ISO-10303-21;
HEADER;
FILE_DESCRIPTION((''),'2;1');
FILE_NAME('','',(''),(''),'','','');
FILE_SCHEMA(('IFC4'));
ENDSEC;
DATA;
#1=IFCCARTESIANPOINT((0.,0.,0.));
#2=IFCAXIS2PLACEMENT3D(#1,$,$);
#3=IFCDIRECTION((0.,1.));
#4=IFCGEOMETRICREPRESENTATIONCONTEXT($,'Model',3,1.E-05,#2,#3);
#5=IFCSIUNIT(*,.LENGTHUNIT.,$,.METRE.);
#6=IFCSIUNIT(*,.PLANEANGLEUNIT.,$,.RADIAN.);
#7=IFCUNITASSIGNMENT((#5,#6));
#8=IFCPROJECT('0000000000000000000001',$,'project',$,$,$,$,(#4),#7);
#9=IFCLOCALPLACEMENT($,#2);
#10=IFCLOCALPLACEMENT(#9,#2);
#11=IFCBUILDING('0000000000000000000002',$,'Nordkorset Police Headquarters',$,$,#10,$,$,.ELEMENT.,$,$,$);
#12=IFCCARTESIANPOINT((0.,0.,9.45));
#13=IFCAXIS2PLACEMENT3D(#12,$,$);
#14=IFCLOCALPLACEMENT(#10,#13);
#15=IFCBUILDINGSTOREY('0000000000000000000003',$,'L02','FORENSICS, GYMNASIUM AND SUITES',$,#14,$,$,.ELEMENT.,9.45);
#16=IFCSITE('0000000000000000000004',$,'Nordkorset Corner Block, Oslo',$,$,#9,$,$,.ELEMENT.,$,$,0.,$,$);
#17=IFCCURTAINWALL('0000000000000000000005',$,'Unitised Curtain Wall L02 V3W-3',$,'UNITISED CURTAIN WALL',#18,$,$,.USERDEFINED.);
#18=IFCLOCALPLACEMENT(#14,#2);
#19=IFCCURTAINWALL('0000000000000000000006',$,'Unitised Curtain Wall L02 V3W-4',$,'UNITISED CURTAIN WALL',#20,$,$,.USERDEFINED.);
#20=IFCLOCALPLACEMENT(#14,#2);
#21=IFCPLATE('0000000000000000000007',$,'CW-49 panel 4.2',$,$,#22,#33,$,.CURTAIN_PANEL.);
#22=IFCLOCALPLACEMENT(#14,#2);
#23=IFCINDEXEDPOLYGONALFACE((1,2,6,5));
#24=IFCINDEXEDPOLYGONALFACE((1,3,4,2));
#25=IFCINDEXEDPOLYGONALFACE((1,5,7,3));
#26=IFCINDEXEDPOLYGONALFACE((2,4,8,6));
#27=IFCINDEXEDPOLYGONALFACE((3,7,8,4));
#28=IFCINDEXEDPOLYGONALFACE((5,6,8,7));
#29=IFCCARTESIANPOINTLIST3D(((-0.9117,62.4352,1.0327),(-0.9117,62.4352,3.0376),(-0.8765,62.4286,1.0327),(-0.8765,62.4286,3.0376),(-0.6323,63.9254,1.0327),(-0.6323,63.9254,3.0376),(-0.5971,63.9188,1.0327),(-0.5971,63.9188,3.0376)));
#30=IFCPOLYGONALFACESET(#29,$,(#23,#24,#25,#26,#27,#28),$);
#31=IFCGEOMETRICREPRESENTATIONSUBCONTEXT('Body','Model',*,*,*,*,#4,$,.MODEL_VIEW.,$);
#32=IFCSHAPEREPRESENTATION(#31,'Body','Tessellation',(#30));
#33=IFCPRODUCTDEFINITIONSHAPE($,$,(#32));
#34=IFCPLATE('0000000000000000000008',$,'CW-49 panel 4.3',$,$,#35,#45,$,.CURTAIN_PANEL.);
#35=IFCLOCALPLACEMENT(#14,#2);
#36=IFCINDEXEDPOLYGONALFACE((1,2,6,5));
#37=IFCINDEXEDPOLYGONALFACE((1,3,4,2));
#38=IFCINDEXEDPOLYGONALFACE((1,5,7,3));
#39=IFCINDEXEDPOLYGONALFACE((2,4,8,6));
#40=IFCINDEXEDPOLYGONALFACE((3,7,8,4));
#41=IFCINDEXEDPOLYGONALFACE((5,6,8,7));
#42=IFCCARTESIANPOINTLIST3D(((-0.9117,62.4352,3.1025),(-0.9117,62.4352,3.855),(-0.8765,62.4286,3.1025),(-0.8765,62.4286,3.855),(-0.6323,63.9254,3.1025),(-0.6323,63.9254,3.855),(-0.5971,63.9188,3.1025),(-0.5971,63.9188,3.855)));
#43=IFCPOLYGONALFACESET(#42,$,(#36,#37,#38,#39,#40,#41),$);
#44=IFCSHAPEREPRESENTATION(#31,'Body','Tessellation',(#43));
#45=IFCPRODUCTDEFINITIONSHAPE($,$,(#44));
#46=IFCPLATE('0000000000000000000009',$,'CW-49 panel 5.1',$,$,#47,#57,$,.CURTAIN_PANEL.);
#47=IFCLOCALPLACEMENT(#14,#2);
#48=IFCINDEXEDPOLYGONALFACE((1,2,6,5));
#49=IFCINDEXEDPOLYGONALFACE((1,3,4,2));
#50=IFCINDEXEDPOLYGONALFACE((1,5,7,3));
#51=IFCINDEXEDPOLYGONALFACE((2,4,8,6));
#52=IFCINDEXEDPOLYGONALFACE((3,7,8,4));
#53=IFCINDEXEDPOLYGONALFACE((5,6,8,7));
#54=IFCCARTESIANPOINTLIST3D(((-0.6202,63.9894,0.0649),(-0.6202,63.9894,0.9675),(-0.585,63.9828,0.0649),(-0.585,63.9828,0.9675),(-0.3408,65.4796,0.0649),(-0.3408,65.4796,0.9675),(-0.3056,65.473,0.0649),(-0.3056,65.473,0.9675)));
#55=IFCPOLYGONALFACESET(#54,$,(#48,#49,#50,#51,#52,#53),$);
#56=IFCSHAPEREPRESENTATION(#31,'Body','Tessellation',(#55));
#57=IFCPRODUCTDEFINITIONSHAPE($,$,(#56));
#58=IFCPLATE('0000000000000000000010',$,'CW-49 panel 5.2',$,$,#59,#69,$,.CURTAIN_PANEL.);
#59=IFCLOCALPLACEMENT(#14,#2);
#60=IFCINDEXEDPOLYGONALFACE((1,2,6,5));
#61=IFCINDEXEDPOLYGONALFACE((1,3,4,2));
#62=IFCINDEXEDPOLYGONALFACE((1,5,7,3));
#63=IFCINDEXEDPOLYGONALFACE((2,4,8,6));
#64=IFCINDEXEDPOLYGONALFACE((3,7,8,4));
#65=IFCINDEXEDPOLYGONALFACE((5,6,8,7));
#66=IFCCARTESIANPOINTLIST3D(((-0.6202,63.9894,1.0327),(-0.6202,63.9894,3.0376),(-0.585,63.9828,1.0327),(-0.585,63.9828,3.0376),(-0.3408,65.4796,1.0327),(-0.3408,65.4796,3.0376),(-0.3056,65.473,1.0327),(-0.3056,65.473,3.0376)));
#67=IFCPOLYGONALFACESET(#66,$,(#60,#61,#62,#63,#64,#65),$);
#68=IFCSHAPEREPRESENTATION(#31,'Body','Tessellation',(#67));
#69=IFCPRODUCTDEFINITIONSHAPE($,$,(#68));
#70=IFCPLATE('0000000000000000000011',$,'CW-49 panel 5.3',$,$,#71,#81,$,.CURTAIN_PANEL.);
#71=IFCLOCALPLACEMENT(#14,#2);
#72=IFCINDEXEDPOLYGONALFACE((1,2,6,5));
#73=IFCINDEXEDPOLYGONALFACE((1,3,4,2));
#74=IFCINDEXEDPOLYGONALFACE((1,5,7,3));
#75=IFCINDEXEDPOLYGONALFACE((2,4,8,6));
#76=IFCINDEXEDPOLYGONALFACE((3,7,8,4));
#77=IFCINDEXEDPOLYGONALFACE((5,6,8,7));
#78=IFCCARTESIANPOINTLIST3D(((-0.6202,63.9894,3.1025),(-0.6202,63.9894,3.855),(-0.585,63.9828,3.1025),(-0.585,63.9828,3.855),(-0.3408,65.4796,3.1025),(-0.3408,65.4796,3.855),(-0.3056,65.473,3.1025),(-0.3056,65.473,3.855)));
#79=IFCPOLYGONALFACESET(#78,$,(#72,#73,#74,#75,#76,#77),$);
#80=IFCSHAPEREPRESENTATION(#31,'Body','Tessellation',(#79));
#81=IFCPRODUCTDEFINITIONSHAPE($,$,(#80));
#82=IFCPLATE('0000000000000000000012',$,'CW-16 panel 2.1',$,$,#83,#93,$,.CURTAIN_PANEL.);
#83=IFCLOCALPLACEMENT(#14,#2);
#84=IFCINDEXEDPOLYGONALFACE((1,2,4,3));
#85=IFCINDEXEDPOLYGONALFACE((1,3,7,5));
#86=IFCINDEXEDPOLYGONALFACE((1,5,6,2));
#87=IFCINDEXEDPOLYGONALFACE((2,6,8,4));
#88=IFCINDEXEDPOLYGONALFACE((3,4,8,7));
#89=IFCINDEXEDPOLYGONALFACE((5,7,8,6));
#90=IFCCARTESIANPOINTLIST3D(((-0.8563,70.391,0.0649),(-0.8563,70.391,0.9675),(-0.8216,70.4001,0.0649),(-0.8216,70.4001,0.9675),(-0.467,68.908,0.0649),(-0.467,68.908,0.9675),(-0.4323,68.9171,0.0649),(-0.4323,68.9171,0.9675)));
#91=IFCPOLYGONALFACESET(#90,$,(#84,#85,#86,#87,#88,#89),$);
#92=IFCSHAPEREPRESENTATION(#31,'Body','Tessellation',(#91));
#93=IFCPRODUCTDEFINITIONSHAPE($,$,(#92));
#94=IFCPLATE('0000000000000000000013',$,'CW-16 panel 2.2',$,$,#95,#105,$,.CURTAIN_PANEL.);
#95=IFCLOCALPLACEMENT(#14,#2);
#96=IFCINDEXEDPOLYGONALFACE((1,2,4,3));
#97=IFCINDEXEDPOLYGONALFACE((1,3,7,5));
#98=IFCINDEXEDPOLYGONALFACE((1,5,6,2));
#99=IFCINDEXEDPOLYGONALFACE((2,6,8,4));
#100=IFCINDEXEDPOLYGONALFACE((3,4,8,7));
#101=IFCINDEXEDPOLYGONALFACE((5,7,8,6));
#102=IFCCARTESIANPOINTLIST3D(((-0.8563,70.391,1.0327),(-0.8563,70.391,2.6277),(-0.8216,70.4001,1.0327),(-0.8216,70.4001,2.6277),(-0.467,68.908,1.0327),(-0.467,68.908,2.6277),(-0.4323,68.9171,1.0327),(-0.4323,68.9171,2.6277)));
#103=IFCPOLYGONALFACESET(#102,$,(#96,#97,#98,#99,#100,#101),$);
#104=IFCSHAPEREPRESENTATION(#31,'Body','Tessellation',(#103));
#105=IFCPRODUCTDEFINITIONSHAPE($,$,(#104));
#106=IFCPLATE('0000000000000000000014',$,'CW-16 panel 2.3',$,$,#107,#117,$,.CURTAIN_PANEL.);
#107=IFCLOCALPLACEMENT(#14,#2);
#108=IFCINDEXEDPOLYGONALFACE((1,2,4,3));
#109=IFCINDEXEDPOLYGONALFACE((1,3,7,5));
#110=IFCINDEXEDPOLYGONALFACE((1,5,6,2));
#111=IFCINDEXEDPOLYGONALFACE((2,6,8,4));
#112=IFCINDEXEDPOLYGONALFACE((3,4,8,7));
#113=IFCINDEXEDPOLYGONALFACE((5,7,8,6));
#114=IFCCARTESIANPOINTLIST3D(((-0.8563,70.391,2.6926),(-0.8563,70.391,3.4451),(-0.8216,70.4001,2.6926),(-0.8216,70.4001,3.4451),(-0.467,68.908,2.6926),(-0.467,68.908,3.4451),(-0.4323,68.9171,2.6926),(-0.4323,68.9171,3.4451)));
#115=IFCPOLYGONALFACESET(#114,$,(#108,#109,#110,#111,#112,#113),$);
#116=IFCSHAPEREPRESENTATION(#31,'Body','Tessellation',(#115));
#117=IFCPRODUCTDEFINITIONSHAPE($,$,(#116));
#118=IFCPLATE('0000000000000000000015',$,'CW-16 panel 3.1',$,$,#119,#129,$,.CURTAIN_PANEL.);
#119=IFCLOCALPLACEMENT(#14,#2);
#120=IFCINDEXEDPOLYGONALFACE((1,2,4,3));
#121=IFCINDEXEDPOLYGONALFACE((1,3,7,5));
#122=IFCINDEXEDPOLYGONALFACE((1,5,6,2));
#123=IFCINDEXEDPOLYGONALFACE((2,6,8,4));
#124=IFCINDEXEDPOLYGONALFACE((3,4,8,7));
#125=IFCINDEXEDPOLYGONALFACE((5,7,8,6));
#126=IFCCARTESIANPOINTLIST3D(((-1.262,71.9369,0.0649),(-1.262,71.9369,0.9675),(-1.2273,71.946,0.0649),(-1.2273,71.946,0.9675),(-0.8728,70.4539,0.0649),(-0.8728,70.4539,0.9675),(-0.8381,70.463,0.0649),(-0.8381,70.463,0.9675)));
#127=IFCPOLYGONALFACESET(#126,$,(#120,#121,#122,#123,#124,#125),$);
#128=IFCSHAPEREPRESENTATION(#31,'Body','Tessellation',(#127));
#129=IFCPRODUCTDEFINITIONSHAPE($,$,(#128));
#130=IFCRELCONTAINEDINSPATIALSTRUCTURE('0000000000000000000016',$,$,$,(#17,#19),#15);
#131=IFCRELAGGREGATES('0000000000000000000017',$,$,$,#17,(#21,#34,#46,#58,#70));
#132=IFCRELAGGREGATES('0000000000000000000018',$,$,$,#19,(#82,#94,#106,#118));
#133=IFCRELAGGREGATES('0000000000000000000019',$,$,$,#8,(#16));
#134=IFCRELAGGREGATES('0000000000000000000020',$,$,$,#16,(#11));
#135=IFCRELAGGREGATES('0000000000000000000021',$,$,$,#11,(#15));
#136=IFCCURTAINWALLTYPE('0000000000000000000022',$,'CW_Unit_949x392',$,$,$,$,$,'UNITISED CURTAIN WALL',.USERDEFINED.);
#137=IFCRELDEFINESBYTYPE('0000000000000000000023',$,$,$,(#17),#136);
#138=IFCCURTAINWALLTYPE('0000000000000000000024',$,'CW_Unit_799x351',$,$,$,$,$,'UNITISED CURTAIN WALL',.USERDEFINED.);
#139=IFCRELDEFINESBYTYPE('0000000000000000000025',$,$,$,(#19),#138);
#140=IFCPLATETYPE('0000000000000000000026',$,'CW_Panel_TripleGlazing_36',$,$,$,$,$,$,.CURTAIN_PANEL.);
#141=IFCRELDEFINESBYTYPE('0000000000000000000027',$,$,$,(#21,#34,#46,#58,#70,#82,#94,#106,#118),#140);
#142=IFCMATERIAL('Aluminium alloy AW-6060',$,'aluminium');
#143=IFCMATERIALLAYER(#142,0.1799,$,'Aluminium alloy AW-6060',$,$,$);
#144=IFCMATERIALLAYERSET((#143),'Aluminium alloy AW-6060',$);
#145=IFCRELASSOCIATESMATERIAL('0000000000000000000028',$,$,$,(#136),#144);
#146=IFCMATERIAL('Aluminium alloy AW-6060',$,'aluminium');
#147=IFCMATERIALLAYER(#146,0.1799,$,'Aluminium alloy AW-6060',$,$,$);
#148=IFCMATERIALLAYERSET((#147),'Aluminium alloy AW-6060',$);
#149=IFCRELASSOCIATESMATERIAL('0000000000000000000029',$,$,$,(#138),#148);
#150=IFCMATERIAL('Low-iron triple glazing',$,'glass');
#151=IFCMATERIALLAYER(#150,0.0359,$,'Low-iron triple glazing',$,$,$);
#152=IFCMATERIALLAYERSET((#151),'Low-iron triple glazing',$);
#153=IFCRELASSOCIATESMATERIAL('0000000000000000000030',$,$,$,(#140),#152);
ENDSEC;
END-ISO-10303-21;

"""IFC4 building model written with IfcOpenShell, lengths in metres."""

from ifc_helpers import new_model, si_unit, direction, frame, origin, origin_2d, place, context, subcontext, project, spatial, rectangle, extrude, material, layer, layer_set, type_object, element, aggregate, save


model = new_model("IFC4")

# Units and contexts
model_context = context("Model", 3, precision=1e-05, world=origin(), true_north=direction((0.0, 1.0)))
body_context = subcontext(model_context, "Body", "Model", "MODEL_VIEW")
ifc_project = project(units=[si_unit("LENGTHUNIT", "METRE"), si_unit("PLANEANGLEUNIT", "RADIAN")], contexts=[model_context])

# Site, building, storey
site_placement = place(None, origin())
site = spatial("IfcSite", under=ifc_project, at=site_placement, Name="Nordkorset Corner Block, Oslo", CompositionType="ELEMENT", RefElevation=0.0)
building_placement = place(site_placement, origin())
building = spatial("IfcBuilding", under=site, at=building_placement, Name="Nordkorset Police Headquarters", CompositionType="ELEMENT")
storey_placement = place(building_placement, frame((0.0, 0.0, 9.45)))
storey = spatial("IfcBuildingStorey", under=building, at=storey_placement, Name="L02", Description="FORENSICS, GYMNASIUM AND SUITES", CompositionType="ELEMENT", Elevation=9.45)

# Curtain walls
ifc_material_1 = material(Name="Aluminium alloy AW-6060", Category="aluminium")
ifc_layer_1 = layer(ifc_material_1, 0.1799, Name="Aluminium alloy AW-6060")
ifc_layer_set_1 = layer_set([ifc_layer_1], Name="Aluminium alloy AW-6060")
curtain_wall_type_1 = type_object("IfcCurtainWallType", Name="CW_Unit_949x392", ElementType="UNITISED CURTAIN WALL", PredefinedType="USERDEFINED", material=ifc_layer_set_1)
curtain_wall_1_placement = place(storey_placement, origin())
curtain_wall_1 = element("IfcCurtainWall", 1, at=curtain_wall_1_placement, inside=storey, type_object=curtain_wall_type_1, Name="Unitised Curtain Wall L02 V3W-3", ObjectType="UNITISED CURTAIN WALL", PredefinedType="USERDEFINED")
ifc_material_2 = material(Name="Aluminium alloy AW-6060", Category="aluminium")
ifc_layer_2 = layer(ifc_material_2, 0.1799, Name="Aluminium alloy AW-6060")
ifc_layer_set_2 = layer_set([ifc_layer_2], Name="Aluminium alloy AW-6060")
curtain_wall_type_2 = type_object("IfcCurtainWallType", Name="CW_Unit_799x351", ElementType="UNITISED CURTAIN WALL", PredefinedType="USERDEFINED", material=ifc_layer_set_2)
curtain_wall_2_placement = place(storey_placement, origin())
curtain_wall_2 = element("IfcCurtainWall", 2, at=curtain_wall_2_placement, inside=storey, type_object=curtain_wall_type_2, Name="Unitised Curtain Wall L02 V3W-4", ObjectType="UNITISED CURTAIN WALL", PredefinedType="USERDEFINED")

# Plates
ifc_material_3 = material(Name="Low-iron triple glazing", Category="glass")
ifc_layer_3 = layer(ifc_material_3, 0.0359, Name="Low-iron triple glazing")
ifc_layer_set_3 = layer_set([ifc_layer_3], Name="Low-iron triple glazing")
plate_type = type_object("IfcPlateType", Name="CW_Panel_TripleGlazing_36", PredefinedType="CURTAIN_PANEL", material=ifc_layer_set_3)
plate_1_placement = place(storey_placement, frame((-0.7544, 63.177, 1.0327), z_axis=(0.0, 0.0, 1.0), x_axis=(0.184289, 0.982872, 0.0)))
plate_1 = element("IfcPlate", 3, at=plate_1_placement, type_object=plate_type, Name="CW-49 panel 4.2", PredefinedType="CURTAIN_PANEL", context=body_context, shape_type="SweptSolid", body=[
    extrude(rectangle(XDim=1.5161, YDim=0.0359, at=origin_2d()), origin(), (0.0, 0.0, 1.0), 2.0049),
])
plate_2_placement = place(storey_placement, frame((-0.7544, 63.177, 3.1025), z_axis=(0.0, 0.0, 1.0), x_axis=(0.184289, 0.982872, 0.0)))
plate_2 = element("IfcPlate", 4, at=plate_2_placement, type_object=plate_type, Name="CW-49 panel 4.3", PredefinedType="CURTAIN_PANEL", context=body_context, shape_type="SweptSolid", body=[
    extrude(rectangle(XDim=1.5161, YDim=0.0359, at=origin_2d()), origin(), (0.0, 0.0, 1.0), 0.7524),
])
plate_3_placement = place(storey_placement, frame((-0.4629, 64.7312, 0.0649), z_axis=(0.0, 0.0, 1.0), x_axis=(0.184289, 0.982872, 0.0)))
plate_3 = element("IfcPlate", 5, at=plate_3_placement, type_object=plate_type, Name="CW-49 panel 5.1", PredefinedType="CURTAIN_PANEL", context=body_context, shape_type="SweptSolid", body=[
    extrude(rectangle(XDim=1.5161, YDim=0.0359, at=origin_2d()), origin(), (0.0, 0.0, 1.0), 0.9026),
])
plate_4_placement = place(storey_placement, frame((-0.4629, 64.7312, 1.0327), z_axis=(0.0, 0.0, 1.0), x_axis=(0.184289, 0.982872, 0.0)))
plate_4 = element("IfcPlate", 6, at=plate_4_placement, type_object=plate_type, Name="CW-49 panel 5.2", PredefinedType="CURTAIN_PANEL", context=body_context, shape_type="SweptSolid", body=[
    extrude(rectangle(XDim=1.5161, YDim=0.0359, at=origin_2d()), origin(), (0.0, 0.0, 1.0), 2.0049),
])
plate_5_placement = place(storey_placement, frame((-0.4629, 64.7312, 3.1025), z_axis=(0.0, 0.0, 1.0), x_axis=(0.184289, 0.982872, 0.0)))
plate_5 = element("IfcPlate", 7, at=plate_5_placement, type_object=plate_type, Name="CW-49 panel 5.3", PredefinedType="CURTAIN_PANEL", context=body_context, shape_type="SweptSolid", body=[
    extrude(rectangle(XDim=1.5161, YDim=0.0359, at=origin_2d()), origin(), (0.0, 0.0, 1.0), 0.7524),
])
aggregate(curtain_wall_1, [plate_1, plate_2, plate_3, plate_4, plate_5])
plate_6_placement = place(storey_placement, frame((-0.6443, 69.6541, 0.0649), z_axis=(0.0, 0.0, 1.0), x_axis=(-0.253897, 0.967231, 0.0)))
plate_6 = element("IfcPlate", 8, at=plate_6_placement, type_object=plate_type, Name="CW-16 panel 2.1", PredefinedType="CURTAIN_PANEL", context=body_context, shape_type="SweptSolid", body=[
    extrude(rectangle(XDim=1.5332, YDim=0.0359, at=origin_2d()), origin(), (0.0, 0.0, 1.0), 0.9026),
])
plate_7_placement = place(storey_placement, frame((-0.6443, 69.6541, 1.0327), z_axis=(0.0, 0.0, 1.0), x_axis=(-0.253897, 0.967231, 0.0)))
plate_7 = element("IfcPlate", 9, at=plate_7_placement, type_object=plate_type, Name="CW-16 panel 2.2", PredefinedType="CURTAIN_PANEL", context=body_context, shape_type="SweptSolid", body=[
    extrude(rectangle(XDim=1.5332, YDim=0.0359, at=origin_2d()), origin(), (0.0, 0.0, 1.0), 1.595),
])
plate_8_placement = place(storey_placement, frame((-0.6443, 69.6541, 2.6926), z_axis=(0.0, 0.0, 1.0), x_axis=(-0.253897, 0.967231, 0.0)))
plate_8 = element("IfcPlate", 10, at=plate_8_placement, type_object=plate_type, Name="CW-16 panel 2.3", PredefinedType="CURTAIN_PANEL", context=body_context, shape_type="SweptSolid", body=[
    extrude(rectangle(XDim=1.5332, YDim=0.0359, at=origin_2d()), origin(), (0.0, 0.0, 1.0), 0.7524),
])
plate_9_placement = place(storey_placement, frame((-1.05, 71.2, 0.0649), z_axis=(0.0, 0.0, 1.0), x_axis=(-0.253897, 0.967231, 0.0)))
plate_9 = element("IfcPlate", 11, at=plate_9_placement, type_object=plate_type, Name="CW-16 panel 3.1", PredefinedType="CURTAIN_PANEL", context=body_context, shape_type="SweptSolid", body=[
    extrude(rectangle(XDim=1.5332, YDim=0.0359, at=origin_2d()), origin(), (0.0, 0.0, 1.0), 0.9026),
])
aggregate(curtain_wall_2, [plate_6, plate_7, plate_8, plate_9])

save(model, "model.ifc")
